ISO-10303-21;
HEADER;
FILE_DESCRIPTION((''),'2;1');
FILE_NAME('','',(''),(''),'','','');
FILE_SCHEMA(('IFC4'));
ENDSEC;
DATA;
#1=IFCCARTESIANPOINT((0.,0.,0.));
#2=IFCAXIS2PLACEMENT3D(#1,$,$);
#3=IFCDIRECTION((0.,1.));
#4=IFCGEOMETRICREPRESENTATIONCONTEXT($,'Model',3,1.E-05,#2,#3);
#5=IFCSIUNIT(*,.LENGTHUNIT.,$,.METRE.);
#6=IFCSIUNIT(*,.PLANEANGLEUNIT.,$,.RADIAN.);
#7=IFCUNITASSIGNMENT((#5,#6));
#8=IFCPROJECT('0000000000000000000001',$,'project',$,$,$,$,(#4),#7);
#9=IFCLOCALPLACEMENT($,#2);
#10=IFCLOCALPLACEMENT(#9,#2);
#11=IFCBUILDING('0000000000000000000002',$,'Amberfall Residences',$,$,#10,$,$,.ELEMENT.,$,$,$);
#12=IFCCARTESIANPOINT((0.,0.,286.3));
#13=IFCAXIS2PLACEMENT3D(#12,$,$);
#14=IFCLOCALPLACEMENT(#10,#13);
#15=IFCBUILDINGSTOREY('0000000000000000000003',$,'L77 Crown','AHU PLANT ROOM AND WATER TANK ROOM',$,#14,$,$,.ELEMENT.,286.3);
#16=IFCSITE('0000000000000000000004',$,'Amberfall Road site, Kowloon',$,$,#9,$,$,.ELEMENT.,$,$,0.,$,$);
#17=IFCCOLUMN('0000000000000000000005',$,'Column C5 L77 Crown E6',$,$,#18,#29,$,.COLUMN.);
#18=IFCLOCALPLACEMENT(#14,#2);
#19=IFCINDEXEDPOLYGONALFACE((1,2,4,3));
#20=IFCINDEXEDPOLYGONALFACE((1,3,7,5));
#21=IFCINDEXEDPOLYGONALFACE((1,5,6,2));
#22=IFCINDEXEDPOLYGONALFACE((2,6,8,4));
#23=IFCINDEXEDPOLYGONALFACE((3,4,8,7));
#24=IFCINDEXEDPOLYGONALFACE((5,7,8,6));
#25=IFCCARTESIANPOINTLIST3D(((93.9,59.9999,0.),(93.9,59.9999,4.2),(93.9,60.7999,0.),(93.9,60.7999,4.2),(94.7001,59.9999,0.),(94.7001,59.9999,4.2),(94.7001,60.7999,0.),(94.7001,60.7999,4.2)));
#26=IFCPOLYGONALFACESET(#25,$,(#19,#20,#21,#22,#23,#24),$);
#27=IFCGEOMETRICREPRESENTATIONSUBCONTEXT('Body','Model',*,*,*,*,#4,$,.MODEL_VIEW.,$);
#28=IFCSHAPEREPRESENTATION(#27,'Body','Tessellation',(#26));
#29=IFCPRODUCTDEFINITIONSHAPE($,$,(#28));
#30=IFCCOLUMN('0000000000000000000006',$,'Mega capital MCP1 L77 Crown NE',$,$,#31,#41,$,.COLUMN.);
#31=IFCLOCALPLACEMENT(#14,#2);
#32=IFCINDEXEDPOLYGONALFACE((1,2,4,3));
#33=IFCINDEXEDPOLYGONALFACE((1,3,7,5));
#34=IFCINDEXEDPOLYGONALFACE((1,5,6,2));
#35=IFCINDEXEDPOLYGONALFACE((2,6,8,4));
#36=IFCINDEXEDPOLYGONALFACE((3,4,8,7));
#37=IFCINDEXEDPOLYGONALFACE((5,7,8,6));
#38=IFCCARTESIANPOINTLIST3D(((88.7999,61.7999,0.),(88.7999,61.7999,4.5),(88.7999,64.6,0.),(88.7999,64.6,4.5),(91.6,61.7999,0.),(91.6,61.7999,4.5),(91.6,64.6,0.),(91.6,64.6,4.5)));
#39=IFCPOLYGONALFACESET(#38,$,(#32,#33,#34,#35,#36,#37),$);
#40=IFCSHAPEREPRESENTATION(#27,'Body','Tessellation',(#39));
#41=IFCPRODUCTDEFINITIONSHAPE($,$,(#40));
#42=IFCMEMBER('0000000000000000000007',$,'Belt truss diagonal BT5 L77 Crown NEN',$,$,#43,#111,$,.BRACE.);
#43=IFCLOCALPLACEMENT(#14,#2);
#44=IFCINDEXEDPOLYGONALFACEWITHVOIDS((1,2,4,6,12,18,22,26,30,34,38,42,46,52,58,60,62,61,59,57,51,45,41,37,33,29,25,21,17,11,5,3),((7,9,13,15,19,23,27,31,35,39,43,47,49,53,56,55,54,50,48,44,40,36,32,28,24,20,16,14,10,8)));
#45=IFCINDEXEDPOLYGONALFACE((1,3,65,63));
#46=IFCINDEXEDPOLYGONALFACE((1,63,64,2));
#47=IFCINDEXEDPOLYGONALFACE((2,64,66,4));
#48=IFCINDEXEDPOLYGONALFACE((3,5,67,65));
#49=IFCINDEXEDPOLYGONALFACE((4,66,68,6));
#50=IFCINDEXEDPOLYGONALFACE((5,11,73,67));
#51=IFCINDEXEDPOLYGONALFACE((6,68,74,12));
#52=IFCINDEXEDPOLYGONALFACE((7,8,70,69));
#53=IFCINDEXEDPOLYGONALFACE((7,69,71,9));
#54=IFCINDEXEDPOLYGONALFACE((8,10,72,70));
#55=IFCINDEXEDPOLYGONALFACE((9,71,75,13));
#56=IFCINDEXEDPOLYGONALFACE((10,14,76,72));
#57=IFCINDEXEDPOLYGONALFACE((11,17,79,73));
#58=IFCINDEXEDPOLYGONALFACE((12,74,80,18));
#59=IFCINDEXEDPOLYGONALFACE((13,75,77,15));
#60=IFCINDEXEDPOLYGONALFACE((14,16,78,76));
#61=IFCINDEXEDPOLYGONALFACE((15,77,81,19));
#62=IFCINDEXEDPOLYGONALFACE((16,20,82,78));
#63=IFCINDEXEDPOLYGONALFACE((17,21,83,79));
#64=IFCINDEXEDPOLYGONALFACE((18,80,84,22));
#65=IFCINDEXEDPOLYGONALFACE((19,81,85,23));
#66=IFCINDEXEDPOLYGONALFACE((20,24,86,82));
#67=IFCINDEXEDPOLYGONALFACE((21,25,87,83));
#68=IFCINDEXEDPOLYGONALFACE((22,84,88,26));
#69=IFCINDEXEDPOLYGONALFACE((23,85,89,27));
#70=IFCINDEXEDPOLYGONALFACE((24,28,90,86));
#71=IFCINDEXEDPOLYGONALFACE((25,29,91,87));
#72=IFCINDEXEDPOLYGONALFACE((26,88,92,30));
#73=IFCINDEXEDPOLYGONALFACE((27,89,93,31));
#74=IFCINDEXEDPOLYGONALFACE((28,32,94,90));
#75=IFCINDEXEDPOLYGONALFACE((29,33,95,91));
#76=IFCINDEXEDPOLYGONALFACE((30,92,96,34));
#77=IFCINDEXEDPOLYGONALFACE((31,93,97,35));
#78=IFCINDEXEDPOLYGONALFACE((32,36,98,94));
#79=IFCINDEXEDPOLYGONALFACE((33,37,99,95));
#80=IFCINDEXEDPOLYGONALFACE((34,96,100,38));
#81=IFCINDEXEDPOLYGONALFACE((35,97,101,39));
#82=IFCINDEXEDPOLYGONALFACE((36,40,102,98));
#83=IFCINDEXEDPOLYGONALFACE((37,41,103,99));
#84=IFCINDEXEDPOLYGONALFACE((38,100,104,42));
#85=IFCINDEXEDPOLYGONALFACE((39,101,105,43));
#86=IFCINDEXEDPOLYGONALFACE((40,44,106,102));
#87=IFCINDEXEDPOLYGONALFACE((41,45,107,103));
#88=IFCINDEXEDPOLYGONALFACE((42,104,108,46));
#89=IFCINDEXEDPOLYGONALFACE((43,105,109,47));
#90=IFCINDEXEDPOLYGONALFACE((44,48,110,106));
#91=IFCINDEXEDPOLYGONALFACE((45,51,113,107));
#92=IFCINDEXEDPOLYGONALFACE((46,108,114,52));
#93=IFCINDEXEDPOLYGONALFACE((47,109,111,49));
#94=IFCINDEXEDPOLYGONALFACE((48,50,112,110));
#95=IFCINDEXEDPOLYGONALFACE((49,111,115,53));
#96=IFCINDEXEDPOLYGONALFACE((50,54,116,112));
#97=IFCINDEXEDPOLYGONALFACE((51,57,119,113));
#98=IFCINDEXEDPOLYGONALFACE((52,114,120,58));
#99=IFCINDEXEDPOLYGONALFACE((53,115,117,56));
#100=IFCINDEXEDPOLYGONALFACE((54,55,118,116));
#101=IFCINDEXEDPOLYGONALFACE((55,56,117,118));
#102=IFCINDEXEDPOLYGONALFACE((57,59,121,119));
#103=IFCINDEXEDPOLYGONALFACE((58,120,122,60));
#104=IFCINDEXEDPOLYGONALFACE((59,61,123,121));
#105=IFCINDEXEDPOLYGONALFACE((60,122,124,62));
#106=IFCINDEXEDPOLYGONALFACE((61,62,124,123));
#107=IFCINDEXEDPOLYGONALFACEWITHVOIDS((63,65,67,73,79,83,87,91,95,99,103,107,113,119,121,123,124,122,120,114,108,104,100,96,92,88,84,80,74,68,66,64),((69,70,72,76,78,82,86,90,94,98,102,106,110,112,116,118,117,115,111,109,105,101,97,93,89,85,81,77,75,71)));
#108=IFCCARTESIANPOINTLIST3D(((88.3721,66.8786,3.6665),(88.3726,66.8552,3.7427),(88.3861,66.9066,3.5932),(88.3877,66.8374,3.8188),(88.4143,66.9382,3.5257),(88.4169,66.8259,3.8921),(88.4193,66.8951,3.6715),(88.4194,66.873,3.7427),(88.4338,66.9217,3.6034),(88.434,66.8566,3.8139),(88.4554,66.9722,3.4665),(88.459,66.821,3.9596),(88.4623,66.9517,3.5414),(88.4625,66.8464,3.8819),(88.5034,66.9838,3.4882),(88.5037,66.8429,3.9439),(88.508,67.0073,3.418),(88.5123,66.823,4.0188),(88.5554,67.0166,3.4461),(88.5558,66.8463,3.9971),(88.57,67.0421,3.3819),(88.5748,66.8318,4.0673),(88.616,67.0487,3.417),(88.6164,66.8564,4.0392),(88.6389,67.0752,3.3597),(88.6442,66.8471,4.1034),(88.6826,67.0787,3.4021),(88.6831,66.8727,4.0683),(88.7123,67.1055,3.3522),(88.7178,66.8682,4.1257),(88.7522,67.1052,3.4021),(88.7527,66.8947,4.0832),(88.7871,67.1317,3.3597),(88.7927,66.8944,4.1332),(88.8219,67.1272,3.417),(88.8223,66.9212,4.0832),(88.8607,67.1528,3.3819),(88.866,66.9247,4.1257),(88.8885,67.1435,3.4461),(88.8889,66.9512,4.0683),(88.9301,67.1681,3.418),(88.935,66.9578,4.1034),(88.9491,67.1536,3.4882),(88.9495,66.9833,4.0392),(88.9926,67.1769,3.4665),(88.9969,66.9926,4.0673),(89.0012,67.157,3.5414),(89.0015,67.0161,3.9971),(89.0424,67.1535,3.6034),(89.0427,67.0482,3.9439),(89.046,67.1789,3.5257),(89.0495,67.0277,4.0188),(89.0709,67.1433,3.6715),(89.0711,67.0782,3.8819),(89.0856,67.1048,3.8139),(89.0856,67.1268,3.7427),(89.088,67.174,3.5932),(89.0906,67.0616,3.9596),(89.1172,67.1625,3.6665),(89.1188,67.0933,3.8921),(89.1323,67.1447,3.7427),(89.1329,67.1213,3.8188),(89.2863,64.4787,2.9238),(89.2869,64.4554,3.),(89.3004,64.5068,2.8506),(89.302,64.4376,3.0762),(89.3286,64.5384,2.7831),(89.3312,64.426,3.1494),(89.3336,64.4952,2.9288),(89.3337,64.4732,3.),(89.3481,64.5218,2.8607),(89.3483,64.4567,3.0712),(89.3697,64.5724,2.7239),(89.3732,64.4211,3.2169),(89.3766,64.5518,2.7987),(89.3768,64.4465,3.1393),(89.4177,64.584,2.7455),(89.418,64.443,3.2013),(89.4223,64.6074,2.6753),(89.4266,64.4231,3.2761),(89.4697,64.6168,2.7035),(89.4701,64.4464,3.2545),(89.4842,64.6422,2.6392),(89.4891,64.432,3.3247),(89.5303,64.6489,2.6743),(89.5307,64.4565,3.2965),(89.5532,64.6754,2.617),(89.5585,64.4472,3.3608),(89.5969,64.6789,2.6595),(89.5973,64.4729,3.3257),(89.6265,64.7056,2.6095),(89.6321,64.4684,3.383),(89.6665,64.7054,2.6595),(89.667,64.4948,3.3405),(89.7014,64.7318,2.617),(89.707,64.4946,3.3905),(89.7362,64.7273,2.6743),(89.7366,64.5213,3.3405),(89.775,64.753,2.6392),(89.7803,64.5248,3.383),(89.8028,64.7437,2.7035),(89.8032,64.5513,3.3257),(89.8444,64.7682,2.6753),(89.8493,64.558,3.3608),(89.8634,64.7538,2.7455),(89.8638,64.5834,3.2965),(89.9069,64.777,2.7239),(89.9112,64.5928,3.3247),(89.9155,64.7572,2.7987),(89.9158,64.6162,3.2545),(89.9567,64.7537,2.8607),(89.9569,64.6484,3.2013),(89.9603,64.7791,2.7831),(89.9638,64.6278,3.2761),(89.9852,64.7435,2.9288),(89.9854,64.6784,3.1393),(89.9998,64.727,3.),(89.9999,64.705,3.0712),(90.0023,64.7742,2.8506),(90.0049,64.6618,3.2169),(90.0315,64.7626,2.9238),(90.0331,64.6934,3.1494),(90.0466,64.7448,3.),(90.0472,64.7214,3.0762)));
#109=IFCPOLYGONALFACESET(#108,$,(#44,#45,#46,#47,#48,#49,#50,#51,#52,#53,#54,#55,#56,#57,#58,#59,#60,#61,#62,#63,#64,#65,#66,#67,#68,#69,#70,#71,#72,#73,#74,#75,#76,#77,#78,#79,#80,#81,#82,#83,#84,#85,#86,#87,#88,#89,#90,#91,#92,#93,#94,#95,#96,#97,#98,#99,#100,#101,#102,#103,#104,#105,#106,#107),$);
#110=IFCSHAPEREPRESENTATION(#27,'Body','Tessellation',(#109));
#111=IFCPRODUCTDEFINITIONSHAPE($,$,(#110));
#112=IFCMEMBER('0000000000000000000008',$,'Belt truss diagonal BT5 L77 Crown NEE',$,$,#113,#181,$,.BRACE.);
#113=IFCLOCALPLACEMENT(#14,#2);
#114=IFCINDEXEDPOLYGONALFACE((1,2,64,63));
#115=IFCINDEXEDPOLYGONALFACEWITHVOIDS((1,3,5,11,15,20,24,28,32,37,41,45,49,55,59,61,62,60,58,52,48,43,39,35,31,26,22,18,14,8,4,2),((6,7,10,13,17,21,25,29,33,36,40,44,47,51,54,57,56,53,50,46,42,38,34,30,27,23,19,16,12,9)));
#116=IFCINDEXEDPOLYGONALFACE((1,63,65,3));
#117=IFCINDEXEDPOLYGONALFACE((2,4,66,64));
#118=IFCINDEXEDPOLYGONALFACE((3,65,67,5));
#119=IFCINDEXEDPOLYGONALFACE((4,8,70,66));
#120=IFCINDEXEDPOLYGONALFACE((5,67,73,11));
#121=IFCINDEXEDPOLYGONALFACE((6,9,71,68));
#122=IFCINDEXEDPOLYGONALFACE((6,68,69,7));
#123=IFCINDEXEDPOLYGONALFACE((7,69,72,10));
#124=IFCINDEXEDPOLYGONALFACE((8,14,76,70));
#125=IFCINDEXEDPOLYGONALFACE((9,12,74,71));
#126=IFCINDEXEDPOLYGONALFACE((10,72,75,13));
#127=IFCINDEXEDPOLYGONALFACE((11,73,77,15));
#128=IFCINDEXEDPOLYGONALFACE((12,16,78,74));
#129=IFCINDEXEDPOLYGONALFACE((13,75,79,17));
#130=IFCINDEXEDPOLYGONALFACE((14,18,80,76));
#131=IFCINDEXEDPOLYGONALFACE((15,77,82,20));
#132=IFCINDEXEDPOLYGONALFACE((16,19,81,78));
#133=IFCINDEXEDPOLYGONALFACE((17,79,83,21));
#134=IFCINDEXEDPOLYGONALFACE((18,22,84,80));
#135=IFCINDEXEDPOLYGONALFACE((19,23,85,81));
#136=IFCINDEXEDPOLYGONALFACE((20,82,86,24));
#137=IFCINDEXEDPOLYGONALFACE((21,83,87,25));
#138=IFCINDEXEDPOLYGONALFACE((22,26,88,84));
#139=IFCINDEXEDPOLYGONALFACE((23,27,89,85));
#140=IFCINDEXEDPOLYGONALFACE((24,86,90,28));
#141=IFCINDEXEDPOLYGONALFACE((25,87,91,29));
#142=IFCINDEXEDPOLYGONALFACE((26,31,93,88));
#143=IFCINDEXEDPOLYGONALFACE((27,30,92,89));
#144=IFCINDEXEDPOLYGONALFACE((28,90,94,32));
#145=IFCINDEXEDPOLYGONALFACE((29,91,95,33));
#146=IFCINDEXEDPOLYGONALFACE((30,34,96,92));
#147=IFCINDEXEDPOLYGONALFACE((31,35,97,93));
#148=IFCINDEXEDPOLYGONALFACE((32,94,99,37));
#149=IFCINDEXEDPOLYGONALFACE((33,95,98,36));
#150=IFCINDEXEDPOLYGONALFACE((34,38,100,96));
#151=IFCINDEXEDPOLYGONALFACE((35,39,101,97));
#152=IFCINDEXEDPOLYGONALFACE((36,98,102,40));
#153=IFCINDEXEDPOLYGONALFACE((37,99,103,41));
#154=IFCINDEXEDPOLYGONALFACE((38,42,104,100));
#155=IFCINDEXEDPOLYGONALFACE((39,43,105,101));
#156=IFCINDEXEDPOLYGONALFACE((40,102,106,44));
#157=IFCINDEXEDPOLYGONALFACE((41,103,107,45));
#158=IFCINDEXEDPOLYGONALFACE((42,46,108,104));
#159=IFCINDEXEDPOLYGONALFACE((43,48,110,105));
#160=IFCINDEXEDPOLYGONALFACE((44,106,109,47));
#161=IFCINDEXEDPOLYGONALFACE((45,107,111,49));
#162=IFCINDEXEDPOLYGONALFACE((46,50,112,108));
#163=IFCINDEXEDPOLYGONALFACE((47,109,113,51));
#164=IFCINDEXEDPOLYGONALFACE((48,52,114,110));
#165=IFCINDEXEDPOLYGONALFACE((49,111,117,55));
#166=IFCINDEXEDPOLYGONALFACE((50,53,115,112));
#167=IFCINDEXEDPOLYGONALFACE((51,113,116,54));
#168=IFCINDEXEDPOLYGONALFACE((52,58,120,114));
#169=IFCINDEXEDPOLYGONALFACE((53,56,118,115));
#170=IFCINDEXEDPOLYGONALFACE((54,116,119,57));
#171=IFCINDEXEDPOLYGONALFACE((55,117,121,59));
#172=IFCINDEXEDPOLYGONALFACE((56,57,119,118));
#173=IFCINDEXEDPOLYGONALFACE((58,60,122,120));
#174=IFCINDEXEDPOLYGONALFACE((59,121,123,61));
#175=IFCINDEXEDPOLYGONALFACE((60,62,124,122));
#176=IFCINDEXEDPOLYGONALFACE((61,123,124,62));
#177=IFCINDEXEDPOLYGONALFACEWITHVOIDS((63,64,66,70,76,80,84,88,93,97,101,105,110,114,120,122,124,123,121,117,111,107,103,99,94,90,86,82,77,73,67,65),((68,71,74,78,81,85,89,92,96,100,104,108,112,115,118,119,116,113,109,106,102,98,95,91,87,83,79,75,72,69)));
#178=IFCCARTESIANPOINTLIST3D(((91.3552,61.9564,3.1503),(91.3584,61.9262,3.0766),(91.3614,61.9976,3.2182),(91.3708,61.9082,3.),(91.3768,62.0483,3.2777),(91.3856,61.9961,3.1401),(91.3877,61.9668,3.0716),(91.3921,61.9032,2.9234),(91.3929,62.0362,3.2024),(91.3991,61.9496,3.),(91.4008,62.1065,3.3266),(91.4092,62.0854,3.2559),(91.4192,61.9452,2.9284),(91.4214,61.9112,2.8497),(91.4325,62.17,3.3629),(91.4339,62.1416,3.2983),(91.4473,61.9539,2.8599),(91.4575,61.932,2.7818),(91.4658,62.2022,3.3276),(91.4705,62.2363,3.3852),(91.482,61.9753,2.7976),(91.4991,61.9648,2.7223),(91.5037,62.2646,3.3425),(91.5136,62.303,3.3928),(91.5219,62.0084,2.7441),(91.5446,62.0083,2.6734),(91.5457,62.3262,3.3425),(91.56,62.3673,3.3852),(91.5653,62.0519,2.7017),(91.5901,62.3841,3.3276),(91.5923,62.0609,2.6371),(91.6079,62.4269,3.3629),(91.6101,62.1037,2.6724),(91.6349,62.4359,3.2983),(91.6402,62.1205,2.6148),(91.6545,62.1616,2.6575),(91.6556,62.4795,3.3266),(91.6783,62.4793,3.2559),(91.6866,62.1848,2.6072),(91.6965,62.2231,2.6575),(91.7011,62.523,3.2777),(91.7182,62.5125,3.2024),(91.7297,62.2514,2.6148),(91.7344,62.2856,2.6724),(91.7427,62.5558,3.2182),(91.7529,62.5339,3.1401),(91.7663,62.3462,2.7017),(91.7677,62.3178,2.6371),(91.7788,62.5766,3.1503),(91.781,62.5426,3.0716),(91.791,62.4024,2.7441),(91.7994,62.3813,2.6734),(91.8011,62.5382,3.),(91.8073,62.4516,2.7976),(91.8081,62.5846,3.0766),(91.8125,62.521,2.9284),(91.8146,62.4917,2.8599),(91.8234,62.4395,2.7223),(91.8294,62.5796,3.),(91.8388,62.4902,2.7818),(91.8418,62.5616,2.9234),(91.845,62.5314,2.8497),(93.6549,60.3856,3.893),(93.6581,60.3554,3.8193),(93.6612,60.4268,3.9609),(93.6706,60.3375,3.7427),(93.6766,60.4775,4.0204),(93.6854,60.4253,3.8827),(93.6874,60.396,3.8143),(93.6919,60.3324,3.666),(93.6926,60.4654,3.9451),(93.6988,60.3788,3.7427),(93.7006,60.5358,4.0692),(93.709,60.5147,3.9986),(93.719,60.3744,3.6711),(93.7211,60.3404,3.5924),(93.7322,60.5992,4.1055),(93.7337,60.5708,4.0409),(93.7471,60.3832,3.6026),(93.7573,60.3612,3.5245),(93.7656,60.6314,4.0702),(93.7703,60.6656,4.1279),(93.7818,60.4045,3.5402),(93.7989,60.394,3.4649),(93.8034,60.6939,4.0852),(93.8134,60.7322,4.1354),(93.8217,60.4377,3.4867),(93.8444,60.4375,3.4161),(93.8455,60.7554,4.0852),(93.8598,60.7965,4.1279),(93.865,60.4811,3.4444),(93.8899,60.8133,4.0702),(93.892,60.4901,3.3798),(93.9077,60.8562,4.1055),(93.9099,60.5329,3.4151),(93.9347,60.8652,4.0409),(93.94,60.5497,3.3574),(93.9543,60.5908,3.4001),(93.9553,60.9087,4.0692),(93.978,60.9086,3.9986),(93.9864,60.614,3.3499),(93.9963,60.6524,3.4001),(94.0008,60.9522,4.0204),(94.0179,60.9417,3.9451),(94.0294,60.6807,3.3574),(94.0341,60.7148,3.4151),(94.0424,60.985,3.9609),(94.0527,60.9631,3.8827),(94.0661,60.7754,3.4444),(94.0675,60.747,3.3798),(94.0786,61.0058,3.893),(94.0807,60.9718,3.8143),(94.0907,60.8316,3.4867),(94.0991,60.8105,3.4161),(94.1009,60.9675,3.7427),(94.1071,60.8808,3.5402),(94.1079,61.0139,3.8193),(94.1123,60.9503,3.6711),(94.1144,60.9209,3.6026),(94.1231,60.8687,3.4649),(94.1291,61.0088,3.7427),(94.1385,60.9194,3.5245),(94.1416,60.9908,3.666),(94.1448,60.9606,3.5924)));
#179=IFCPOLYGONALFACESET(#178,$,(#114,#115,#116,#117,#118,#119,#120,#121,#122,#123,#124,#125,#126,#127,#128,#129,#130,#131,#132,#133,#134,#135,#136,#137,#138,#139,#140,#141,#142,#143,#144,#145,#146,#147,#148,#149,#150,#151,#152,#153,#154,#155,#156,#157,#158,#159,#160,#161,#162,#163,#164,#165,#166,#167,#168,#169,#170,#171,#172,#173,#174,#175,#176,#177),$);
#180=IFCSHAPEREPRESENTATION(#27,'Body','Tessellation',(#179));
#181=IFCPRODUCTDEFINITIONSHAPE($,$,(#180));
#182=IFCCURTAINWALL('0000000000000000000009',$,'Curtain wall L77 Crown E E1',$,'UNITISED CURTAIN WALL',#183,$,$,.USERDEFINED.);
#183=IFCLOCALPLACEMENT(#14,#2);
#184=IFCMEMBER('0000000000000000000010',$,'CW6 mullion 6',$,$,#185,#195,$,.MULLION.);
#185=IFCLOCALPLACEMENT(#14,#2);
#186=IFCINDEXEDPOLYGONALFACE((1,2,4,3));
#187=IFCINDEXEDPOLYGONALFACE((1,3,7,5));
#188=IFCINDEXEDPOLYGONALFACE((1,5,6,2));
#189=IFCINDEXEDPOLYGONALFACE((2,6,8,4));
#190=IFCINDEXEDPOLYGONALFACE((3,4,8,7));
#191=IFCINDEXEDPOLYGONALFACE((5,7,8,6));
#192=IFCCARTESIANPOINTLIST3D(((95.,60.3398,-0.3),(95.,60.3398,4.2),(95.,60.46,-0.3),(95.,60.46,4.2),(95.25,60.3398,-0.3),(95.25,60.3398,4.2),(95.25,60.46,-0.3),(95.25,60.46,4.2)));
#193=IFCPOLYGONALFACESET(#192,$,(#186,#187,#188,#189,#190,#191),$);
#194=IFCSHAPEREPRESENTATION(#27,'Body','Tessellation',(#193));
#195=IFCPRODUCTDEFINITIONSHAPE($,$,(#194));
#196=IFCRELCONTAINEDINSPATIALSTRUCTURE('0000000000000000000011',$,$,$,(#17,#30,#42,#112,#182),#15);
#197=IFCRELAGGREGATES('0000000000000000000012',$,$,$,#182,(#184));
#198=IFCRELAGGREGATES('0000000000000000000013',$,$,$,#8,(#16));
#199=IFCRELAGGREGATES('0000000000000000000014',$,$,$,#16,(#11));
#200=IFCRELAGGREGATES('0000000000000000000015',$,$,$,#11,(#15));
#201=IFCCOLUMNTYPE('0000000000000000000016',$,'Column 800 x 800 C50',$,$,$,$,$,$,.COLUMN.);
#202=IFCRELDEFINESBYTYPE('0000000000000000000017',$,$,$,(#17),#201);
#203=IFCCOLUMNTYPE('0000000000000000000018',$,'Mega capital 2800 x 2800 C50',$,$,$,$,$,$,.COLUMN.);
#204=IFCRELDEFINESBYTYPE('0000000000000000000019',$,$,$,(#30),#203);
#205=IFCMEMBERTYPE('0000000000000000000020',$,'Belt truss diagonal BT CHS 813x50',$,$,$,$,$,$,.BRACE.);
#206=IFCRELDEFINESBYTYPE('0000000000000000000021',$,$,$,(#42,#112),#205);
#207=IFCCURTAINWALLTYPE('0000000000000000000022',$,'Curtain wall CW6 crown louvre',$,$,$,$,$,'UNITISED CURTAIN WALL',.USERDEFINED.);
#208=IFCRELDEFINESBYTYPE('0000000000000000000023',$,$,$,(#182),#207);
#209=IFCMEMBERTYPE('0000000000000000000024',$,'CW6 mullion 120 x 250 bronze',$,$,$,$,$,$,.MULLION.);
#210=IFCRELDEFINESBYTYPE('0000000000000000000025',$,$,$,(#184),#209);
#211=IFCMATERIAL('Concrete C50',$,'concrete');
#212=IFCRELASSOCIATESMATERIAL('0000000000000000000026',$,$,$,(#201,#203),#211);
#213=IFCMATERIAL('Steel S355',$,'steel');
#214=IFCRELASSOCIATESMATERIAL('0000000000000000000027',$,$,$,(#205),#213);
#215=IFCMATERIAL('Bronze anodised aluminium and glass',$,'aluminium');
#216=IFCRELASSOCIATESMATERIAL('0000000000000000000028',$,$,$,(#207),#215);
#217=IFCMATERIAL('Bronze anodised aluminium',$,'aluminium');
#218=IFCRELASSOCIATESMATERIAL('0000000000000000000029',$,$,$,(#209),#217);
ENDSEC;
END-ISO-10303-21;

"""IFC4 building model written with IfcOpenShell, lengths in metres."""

from ifc_helpers import new_model, si_unit, direction, frame, origin, origin_2d, place, context, subcontext, project, spatial, rectangle, hollow_circle, extrude, material, material_profile, profile_set, type_object, element, aggregate, save


model = new_model("IFC4")

# Units and contexts
model_context = context("Model", 3, precision=1e-05, world=origin(), true_north=direction((0.0, 1.0)))
body_context = subcontext(model_context, "Body", "Model", "MODEL_VIEW")
ifc_project = project(units=[si_unit("LENGTHUNIT", "METRE"), si_unit("PLANEANGLEUNIT", "RADIAN")], contexts=[model_context])

# Site, building, storey
site_placement = place(None, origin())
site = spatial("IfcSite", under=ifc_project, at=site_placement, Name="Amberfall Road site, Kowloon", CompositionType="ELEMENT", RefElevation=0.0)
building_placement = place(site_placement, origin())
building = spatial("IfcBuilding", under=site, at=building_placement, Name="Amberfall Residences", CompositionType="ELEMENT")
storey_placement = place(building_placement, frame((0.0, 0.0, 286.3)))
storey = spatial("IfcBuildingStorey", under=building, at=storey_placement, Name="L77 Crown", Description="AHU PLANT ROOM AND WATER TANK ROOM", CompositionType="ELEMENT", Elevation=286.3)

# Columns
ifc_material_1 = material(Name="Concrete C50", Category="concrete")
ifc_material_profile_1 = material_profile(ifc_material_1, rectangle(XDim=0.8, YDim=0.8, at=origin_2d()), Name="Column 800 x 800 C50")
ifc_profile_set_1 = profile_set([ifc_material_profile_1], Name="Concrete C50")
column_type_1 = type_object("IfcColumnType", Name="Column 800 x 800 C50", PredefinedType="COLUMN", material=ifc_profile_set_1)
column_1_placement = place(storey_placement, frame((94.3, 60.3999, 0.0), z_axis=(0.0, 0.0, 1.0), x_axis=(1.0, 0.0, 0.0)))
element("IfcColumn", 1, at=column_1_placement, inside=storey, type_object=column_type_1, Name="Column C5 L77 Crown E6", PredefinedType="COLUMN", context=body_context, shape_type="SweptSolid", body=[
    extrude(rectangle(XDim=0.8, YDim=0.8, at=origin_2d()), origin(), (0.0, 0.0, 1.0), 4.2),
])
ifc_material_profile_2 = material_profile(ifc_material_1, rectangle(XDim=2.8, YDim=2.8, at=origin_2d()), Name="Mega capital 2800 x 2800 C50")
ifc_profile_set_2 = profile_set([ifc_material_profile_2], Name="Concrete C50")
column_type_2 = type_object("IfcColumnType", Name="Mega capital 2800 x 2800 C50", PredefinedType="COLUMN", material=ifc_profile_set_2)
column_2_placement = place(storey_placement, frame((90.2, 63.2, 0.0), z_axis=(0.0, 0.0, 1.0), x_axis=(1.0, 0.0, 0.0)))
element("IfcColumn", 2, at=column_2_placement, inside=storey, type_object=column_type_2, Name="Mega capital MCP1 L77 Crown NE", PredefinedType="COLUMN", context=body_context, shape_type="SweptSolid", body=[
    extrude(rectangle(XDim=2.8, YDim=2.8, at=origin_2d()), origin(), (0.0, 0.0, 1.0), 4.5),
])

# Members
ifc_material_2 = material(Name="Steel S355", Category="steel")
ifc_material_profile_3 = material_profile(ifc_material_2, hollow_circle(Radius=0.4065, WallThickness=0.05, at=origin_2d()), Name="CHS 813x50")
ifc_profile_set_3 = profile_set([ifc_material_profile_3], Name="Steel S355")
member_type_1 = type_object("IfcMemberType", Name="Belt truss diagonal BT CHS 813x50", PredefinedType="BRACE", material=ifc_profile_set_3)
member_1_placement = place(storey_placement, frame((89.6667, 64.6001, 3.0), z_axis=(-0.342002, 0.897697, 0.277802), x_axis=(-0.93448, -0.356015, 0.0)))
element("IfcMember", 3, at=member_1_placement, inside=storey, type_object=member_type_1, Name="Belt truss diagonal BT5 L77 Crown NEN", PredefinedType="BRACE", context=body_context, shape_type="SweptSolid", body=[
    extrude(hollow_circle(Radius=0.4065, WallThickness=0.05, at=origin_2d()), origin(), (0.0, 0.0, 1.0), 2.6733),
])
member_2_placement = place(storey_placement, frame((91.6001, 62.2439, 3.0), z_axis=(0.797885, -0.544968, 0.257661), x_axis=(0.564011, 0.825767, 0.0)))
element("IfcMember", 4, at=member_2_placement, inside=storey, type_object=member_type_1, Name="Belt truss diagonal BT5 L77 Crown NEE", PredefinedType="BRACE", context=body_context, shape_type="SweptSolid", body=[
    extrude(hollow_circle(Radius=0.4065, WallThickness=0.05, at=origin_2d()), origin(), (0.0, 0.0, 1.0), 2.8823),
])

# Curtain wall, member
ifc_material_3 = material(Name="Bronze anodised aluminium and glass", Category="aluminium")
curtain_wall_type = type_object("IfcCurtainWallType", Name="Curtain wall CW6 crown louvre", ElementType="UNITISED CURTAIN WALL", PredefinedType="USERDEFINED", material=ifc_material_3)
curtain_wall_1_placement = place(storey_placement, origin())
curtain_wall_1 = element("IfcCurtainWall", 5, at=curtain_wall_1_placement, inside=storey, type_object=curtain_wall_type, Name="Curtain wall L77 Crown E E1", ObjectType="UNITISED CURTAIN WALL", PredefinedType="USERDEFINED")
ifc_material_4 = material(Name="Bronze anodised aluminium", Category="aluminium")
ifc_material_profile_4 = material_profile(ifc_material_4, rectangle(XDim=0.25, YDim=0.1201, at=origin_2d()), Name="CW6 mullion 120 x 250 bronze")
ifc_profile_set_4 = profile_set([ifc_material_profile_4], Name="Bronze anodised aluminium")
member_type_2 = type_object("IfcMemberType", Name="CW6 mullion 120 x 250 bronze", PredefinedType="MULLION", material=ifc_profile_set_4)
member_3_placement = place(storey_placement, frame((95.125, 60.3999, -0.3), z_axis=(0.0, 0.0, 1.0), x_axis=(-1.0, 0.0, 0.0)))
member_3 = element("IfcMember", 6, at=member_3_placement, type_object=member_type_2, Name="CW6 mullion 6", PredefinedType="MULLION", context=body_context, shape_type="SweptSolid", body=[
    extrude(rectangle(XDim=0.25, YDim=0.1201, at=origin_2d()), origin(), (0.0, 0.0, 1.0), 4.5),
])

aggregate(curtain_wall_1, [member_3])

save(model, "model.ifc")
